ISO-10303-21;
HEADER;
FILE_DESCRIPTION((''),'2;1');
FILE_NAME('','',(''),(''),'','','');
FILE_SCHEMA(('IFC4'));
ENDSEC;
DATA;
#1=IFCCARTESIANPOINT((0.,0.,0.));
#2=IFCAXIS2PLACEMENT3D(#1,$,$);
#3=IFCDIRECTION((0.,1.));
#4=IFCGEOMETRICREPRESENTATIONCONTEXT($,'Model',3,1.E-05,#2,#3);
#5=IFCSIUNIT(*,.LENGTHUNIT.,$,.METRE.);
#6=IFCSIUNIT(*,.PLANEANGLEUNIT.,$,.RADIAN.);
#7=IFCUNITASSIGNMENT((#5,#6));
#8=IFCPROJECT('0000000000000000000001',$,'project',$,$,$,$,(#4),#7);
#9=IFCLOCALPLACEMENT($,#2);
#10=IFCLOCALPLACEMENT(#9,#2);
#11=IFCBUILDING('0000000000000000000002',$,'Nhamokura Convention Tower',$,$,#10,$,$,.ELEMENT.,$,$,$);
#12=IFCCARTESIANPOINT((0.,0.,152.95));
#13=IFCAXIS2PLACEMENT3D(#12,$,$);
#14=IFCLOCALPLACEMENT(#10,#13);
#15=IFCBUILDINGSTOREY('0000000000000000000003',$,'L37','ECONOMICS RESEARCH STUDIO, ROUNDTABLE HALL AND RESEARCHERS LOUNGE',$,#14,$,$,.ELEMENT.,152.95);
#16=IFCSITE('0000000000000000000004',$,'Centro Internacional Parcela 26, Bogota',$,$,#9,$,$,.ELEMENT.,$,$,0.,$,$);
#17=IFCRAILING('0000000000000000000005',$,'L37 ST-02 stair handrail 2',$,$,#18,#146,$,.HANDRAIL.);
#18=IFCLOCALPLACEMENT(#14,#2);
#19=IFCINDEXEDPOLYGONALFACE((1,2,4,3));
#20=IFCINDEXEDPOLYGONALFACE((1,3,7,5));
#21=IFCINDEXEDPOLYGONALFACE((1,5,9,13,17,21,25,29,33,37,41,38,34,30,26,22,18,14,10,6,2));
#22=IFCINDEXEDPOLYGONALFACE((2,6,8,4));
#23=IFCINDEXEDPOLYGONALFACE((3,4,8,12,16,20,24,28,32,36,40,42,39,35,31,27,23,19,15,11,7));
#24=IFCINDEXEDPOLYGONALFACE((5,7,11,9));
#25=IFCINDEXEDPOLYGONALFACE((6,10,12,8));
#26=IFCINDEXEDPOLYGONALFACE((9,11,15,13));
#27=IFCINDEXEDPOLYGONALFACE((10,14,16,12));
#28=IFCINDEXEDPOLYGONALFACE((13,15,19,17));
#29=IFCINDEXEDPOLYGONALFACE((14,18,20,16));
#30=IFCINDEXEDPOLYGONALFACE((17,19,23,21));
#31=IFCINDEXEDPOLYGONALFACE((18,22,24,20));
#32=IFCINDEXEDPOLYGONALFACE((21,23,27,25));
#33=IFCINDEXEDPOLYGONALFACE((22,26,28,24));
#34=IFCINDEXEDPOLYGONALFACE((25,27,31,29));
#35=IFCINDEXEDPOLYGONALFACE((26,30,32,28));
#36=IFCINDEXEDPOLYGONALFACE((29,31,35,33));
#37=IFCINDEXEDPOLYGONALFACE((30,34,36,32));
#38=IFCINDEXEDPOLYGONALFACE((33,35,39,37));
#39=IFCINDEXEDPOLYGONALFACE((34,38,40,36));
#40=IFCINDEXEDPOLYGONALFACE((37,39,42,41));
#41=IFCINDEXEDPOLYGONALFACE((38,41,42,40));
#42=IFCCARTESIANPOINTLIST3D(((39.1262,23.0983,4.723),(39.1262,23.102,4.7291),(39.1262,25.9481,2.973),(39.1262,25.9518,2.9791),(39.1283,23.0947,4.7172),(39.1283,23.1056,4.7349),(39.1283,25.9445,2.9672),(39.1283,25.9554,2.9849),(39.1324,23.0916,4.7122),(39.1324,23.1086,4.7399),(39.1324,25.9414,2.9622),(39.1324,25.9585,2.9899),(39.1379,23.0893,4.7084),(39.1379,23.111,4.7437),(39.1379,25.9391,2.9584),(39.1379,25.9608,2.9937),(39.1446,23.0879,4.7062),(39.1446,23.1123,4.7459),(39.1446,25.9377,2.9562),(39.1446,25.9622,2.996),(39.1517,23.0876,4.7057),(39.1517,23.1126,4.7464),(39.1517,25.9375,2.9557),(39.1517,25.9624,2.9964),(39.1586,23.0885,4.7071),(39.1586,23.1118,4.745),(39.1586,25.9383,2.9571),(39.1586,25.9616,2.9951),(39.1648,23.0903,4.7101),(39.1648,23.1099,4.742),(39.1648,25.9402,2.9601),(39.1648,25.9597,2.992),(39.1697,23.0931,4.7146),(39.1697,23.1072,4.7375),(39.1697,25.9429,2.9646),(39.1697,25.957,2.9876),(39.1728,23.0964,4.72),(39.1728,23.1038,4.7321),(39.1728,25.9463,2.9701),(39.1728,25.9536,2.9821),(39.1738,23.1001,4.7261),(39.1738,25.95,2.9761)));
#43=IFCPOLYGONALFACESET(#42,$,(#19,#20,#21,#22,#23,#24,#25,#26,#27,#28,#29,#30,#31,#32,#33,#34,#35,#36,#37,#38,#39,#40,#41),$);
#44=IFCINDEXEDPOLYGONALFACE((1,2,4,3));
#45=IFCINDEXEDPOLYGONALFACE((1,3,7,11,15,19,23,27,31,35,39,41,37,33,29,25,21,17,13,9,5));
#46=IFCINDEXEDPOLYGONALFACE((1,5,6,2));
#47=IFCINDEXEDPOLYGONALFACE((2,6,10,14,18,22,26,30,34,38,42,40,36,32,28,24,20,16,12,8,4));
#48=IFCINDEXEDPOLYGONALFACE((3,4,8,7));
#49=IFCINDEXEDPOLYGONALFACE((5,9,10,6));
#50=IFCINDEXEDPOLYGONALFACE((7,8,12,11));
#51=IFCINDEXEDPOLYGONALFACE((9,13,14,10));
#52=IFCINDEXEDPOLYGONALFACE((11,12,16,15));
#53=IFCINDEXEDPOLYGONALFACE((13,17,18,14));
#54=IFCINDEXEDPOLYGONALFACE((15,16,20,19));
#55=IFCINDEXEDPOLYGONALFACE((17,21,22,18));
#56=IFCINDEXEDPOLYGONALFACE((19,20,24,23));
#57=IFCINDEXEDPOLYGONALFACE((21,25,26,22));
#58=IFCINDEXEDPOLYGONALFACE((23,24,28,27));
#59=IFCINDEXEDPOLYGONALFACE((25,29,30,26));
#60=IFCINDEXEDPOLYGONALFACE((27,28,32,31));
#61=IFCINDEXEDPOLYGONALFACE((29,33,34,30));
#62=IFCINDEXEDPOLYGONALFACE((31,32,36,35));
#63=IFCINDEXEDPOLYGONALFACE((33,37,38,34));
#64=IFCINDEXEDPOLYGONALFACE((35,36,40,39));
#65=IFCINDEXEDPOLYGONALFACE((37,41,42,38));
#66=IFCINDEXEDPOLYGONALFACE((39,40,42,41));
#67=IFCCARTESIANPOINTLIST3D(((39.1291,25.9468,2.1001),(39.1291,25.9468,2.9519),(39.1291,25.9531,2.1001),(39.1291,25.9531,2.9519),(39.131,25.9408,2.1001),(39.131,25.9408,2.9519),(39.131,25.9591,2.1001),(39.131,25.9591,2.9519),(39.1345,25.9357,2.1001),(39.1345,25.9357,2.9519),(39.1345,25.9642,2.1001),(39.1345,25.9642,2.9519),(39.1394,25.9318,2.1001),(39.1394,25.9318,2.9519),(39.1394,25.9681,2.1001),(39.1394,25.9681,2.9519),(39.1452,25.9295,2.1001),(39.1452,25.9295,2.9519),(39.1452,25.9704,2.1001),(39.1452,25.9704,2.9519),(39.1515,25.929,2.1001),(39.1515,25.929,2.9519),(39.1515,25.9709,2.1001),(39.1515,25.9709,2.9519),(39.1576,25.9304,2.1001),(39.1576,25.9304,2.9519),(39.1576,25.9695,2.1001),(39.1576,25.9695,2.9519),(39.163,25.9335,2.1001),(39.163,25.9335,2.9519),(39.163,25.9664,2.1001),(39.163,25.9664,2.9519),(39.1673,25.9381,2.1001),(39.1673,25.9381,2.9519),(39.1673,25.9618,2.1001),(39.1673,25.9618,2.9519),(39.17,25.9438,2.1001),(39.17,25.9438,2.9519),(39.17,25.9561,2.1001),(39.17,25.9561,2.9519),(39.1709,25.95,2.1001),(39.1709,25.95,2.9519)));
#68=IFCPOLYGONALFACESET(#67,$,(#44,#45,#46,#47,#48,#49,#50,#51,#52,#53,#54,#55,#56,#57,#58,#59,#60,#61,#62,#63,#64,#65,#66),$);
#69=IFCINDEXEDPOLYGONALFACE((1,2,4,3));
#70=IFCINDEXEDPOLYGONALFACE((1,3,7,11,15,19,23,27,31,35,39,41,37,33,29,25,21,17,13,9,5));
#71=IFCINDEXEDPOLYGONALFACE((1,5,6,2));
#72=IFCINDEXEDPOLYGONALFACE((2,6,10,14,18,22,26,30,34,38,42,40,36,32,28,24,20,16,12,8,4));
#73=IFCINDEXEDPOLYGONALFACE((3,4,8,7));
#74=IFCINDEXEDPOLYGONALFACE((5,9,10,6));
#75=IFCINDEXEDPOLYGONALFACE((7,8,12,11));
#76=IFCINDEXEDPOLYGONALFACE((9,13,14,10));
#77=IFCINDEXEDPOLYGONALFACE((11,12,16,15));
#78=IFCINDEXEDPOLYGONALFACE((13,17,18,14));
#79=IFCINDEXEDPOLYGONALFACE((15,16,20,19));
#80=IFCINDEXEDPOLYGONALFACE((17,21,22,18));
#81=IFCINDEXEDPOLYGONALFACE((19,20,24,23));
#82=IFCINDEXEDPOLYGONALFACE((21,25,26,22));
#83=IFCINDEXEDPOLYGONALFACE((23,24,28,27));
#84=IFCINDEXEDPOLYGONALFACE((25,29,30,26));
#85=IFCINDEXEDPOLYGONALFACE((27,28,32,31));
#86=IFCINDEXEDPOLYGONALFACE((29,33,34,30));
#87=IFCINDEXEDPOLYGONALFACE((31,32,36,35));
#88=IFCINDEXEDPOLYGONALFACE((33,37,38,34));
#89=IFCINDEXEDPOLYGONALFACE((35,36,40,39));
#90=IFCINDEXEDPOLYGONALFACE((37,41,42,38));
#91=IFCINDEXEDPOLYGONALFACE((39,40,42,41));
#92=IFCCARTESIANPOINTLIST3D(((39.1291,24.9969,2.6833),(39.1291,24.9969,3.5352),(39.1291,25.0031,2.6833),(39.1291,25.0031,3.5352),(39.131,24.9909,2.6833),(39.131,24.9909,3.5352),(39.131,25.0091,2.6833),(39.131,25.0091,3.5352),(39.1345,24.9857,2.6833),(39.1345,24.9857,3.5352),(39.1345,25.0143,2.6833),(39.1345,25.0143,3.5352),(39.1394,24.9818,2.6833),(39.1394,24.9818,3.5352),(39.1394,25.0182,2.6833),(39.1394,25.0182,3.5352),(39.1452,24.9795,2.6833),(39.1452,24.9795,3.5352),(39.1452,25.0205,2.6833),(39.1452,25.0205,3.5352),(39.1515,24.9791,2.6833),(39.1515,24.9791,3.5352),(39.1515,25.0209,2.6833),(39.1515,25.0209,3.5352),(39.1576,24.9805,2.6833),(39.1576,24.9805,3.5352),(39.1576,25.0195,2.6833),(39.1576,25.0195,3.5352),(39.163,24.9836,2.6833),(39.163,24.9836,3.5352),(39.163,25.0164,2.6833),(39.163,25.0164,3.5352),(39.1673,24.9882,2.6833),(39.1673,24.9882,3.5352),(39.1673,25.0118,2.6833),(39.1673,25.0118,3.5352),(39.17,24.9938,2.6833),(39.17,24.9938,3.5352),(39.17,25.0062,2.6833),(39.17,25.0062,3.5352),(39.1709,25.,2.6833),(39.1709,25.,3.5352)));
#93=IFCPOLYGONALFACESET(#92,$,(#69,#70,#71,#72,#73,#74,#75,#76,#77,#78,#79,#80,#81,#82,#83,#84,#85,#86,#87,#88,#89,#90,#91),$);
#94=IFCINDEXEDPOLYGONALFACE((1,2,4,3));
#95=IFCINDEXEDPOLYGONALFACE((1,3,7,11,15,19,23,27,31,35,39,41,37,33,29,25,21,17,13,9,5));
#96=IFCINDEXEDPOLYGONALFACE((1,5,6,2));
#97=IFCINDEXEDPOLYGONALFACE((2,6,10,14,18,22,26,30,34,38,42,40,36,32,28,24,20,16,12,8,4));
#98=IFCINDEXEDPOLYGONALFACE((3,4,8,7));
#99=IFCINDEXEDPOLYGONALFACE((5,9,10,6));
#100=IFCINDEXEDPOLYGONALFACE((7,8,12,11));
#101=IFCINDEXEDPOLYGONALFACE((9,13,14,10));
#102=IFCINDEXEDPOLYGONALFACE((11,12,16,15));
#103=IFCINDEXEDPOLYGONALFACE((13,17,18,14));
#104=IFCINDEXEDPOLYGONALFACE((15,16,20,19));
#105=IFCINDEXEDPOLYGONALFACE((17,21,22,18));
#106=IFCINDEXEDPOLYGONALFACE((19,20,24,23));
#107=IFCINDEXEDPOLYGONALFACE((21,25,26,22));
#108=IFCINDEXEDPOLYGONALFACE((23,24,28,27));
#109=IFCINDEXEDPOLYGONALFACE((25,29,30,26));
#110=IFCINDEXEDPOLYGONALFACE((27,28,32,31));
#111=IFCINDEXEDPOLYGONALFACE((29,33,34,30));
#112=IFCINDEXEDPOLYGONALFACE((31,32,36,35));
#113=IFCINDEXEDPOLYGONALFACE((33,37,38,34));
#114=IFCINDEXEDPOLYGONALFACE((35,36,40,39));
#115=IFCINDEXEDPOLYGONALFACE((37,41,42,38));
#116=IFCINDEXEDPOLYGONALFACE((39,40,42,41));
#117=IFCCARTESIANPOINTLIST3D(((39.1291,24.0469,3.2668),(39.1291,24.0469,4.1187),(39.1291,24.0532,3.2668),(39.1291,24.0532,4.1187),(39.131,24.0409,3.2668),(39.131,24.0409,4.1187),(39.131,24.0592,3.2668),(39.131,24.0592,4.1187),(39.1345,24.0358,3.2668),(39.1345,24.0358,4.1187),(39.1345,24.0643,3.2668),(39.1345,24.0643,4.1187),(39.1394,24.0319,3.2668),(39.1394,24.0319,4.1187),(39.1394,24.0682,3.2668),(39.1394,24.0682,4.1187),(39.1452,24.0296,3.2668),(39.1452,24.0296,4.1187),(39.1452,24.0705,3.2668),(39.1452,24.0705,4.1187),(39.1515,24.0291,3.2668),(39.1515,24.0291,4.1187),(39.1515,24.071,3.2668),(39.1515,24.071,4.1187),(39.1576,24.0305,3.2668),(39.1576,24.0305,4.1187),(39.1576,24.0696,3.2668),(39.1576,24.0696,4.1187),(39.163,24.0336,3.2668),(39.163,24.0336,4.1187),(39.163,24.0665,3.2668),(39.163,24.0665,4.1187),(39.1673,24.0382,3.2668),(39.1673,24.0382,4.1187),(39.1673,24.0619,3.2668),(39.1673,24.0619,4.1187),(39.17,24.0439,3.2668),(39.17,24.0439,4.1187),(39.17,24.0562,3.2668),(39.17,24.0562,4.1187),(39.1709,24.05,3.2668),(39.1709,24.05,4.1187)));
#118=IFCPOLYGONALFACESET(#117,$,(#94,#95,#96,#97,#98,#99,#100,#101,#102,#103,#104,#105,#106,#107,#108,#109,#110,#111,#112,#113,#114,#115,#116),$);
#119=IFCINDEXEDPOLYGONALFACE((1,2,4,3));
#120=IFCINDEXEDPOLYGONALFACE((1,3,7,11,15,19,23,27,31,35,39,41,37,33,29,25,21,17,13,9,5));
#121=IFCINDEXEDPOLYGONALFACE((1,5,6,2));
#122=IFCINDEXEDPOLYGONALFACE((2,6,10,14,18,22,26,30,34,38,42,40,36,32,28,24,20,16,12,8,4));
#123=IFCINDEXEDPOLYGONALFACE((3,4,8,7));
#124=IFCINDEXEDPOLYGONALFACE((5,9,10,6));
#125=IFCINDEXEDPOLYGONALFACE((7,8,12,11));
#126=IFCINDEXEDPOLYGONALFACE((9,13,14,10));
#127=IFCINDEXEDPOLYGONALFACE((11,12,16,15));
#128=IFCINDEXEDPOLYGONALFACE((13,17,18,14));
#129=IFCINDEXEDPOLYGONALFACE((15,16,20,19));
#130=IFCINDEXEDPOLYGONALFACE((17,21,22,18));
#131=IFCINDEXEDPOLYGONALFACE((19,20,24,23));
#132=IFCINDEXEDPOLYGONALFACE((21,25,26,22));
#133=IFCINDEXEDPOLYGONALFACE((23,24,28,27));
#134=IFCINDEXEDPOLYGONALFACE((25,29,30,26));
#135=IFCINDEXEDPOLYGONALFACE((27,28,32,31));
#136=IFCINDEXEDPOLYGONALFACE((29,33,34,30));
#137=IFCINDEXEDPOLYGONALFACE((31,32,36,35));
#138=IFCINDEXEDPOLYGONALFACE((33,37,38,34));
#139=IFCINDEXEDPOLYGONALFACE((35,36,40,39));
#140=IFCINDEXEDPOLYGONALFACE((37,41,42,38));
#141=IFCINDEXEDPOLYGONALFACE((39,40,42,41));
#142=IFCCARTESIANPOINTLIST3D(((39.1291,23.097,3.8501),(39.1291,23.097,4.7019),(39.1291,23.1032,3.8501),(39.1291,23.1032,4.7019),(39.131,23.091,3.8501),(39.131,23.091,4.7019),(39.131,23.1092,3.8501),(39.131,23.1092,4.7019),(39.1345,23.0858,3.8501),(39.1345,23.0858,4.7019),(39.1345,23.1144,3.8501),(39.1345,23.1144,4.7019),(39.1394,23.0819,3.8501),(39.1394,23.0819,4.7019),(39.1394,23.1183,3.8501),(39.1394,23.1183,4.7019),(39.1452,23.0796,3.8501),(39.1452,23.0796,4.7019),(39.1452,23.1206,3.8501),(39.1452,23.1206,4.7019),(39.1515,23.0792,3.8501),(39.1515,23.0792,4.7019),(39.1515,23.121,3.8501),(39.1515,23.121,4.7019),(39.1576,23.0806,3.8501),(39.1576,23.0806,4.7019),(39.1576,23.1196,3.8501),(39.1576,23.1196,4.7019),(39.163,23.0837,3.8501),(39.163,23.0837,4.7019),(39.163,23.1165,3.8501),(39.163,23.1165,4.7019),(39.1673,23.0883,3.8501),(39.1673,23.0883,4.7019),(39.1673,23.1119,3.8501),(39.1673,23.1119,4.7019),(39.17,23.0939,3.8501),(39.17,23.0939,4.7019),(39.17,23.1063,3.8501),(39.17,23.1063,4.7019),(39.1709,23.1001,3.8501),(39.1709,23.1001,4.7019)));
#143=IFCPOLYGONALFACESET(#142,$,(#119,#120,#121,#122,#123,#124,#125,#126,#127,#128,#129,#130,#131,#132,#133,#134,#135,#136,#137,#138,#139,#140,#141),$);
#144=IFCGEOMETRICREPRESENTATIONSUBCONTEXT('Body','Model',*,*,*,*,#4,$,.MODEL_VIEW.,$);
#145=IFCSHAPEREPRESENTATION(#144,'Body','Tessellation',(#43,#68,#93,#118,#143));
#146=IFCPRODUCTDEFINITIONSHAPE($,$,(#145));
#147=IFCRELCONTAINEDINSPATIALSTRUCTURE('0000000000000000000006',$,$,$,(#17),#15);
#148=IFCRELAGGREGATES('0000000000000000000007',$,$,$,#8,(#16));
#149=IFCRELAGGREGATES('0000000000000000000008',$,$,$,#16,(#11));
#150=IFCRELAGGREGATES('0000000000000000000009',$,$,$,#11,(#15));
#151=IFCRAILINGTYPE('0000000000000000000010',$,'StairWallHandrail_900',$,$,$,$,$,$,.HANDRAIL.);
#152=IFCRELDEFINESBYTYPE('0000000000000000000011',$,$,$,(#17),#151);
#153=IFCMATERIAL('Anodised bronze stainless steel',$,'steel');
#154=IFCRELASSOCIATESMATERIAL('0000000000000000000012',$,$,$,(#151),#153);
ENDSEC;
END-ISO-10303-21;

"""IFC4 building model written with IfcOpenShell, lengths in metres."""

from ifc_helpers import new_model, si_unit, direction, frame, origin, origin_2d, place, context, subcontext, project, spatial, circle, extrude, material, type_object, element, save


model = new_model("IFC4")

# Units and contexts
model_context = context("Model", 3, precision=1e-05, world=origin(), true_north=direction((0.0, 1.0)))
body_context = subcontext(model_context, "Body", "Model", "MODEL_VIEW")
ifc_project = project(units=[si_unit("LENGTHUNIT", "METRE"), si_unit("PLANEANGLEUNIT", "RADIAN")], contexts=[model_context])

# Site, building, storey
site_placement = place(None, origin())
site = spatial("IfcSite", under=ifc_project, at=site_placement, Name="Centro Internacional Parcela 26, Bogota", CompositionType="ELEMENT", RefElevation=0.0)
building_placement = place(site_placement, origin())
building = spatial("IfcBuilding", under=site, at=building_placement, Name="Nhamokura Convention Tower", CompositionType="ELEMENT")
storey_placement = place(building_placement, frame((0.0, 0.0, 152.95)))
storey = spatial("IfcBuildingStorey", under=building, at=storey_placement, Name="L37", Description="ECONOMICS RESEARCH STUDIO, ROUNDTABLE HALL AND RESEARCHERS LOUNGE", CompositionType="ELEMENT", Elevation=152.95)

# Railing
ifc_material_1 = material(Name="Anodised bronze stainless steel", Category="steel")
railing_type_1 = type_object("IfcRailingType", Name="StairWallHandrail_900", PredefinedType="HANDRAIL", material=ifc_material_1)
railing_1_placement = place(storey_placement, frame((39.1499, 25.95, 2.1001)))
element("IfcRailing", 1, at=railing_1_placement, inside=storey, type_object=railing_type_1, Name="L37 ST-02 stair handrail 2", PredefinedType="HANDRAIL", context=body_context, shape_type="SweptSolid", body=[
    extrude(circle(Radius=0.0239, at=origin_2d()), frame((0.0, 0.0, 0.876), z_axis=(0.0, -0.852159, 0.523283), x_axis=(1.0, 0.0, 0.0)), (0.0, 0.0, 1.0), 3.3442),
    extrude(circle(Radius=0.021, at=origin_2d()), origin(), (0.0, 0.0, 1.0), 0.8518),
    extrude(circle(Radius=0.021, at=origin_2d()), frame((0.0, -0.95, 0.5833)), (0.0, 0.0, 1.0), 0.8518),
    extrude(circle(Radius=0.021, at=origin_2d()), frame((0.0, -1.8999, 1.1667)), (0.0, 0.0, 1.0), 0.8518),
    extrude(circle(Radius=0.021, at=origin_2d()), frame((0.0, -2.8499, 1.75)), (0.0, 0.0, 1.0), 0.8518),
])

save(model, "model.ifc")
